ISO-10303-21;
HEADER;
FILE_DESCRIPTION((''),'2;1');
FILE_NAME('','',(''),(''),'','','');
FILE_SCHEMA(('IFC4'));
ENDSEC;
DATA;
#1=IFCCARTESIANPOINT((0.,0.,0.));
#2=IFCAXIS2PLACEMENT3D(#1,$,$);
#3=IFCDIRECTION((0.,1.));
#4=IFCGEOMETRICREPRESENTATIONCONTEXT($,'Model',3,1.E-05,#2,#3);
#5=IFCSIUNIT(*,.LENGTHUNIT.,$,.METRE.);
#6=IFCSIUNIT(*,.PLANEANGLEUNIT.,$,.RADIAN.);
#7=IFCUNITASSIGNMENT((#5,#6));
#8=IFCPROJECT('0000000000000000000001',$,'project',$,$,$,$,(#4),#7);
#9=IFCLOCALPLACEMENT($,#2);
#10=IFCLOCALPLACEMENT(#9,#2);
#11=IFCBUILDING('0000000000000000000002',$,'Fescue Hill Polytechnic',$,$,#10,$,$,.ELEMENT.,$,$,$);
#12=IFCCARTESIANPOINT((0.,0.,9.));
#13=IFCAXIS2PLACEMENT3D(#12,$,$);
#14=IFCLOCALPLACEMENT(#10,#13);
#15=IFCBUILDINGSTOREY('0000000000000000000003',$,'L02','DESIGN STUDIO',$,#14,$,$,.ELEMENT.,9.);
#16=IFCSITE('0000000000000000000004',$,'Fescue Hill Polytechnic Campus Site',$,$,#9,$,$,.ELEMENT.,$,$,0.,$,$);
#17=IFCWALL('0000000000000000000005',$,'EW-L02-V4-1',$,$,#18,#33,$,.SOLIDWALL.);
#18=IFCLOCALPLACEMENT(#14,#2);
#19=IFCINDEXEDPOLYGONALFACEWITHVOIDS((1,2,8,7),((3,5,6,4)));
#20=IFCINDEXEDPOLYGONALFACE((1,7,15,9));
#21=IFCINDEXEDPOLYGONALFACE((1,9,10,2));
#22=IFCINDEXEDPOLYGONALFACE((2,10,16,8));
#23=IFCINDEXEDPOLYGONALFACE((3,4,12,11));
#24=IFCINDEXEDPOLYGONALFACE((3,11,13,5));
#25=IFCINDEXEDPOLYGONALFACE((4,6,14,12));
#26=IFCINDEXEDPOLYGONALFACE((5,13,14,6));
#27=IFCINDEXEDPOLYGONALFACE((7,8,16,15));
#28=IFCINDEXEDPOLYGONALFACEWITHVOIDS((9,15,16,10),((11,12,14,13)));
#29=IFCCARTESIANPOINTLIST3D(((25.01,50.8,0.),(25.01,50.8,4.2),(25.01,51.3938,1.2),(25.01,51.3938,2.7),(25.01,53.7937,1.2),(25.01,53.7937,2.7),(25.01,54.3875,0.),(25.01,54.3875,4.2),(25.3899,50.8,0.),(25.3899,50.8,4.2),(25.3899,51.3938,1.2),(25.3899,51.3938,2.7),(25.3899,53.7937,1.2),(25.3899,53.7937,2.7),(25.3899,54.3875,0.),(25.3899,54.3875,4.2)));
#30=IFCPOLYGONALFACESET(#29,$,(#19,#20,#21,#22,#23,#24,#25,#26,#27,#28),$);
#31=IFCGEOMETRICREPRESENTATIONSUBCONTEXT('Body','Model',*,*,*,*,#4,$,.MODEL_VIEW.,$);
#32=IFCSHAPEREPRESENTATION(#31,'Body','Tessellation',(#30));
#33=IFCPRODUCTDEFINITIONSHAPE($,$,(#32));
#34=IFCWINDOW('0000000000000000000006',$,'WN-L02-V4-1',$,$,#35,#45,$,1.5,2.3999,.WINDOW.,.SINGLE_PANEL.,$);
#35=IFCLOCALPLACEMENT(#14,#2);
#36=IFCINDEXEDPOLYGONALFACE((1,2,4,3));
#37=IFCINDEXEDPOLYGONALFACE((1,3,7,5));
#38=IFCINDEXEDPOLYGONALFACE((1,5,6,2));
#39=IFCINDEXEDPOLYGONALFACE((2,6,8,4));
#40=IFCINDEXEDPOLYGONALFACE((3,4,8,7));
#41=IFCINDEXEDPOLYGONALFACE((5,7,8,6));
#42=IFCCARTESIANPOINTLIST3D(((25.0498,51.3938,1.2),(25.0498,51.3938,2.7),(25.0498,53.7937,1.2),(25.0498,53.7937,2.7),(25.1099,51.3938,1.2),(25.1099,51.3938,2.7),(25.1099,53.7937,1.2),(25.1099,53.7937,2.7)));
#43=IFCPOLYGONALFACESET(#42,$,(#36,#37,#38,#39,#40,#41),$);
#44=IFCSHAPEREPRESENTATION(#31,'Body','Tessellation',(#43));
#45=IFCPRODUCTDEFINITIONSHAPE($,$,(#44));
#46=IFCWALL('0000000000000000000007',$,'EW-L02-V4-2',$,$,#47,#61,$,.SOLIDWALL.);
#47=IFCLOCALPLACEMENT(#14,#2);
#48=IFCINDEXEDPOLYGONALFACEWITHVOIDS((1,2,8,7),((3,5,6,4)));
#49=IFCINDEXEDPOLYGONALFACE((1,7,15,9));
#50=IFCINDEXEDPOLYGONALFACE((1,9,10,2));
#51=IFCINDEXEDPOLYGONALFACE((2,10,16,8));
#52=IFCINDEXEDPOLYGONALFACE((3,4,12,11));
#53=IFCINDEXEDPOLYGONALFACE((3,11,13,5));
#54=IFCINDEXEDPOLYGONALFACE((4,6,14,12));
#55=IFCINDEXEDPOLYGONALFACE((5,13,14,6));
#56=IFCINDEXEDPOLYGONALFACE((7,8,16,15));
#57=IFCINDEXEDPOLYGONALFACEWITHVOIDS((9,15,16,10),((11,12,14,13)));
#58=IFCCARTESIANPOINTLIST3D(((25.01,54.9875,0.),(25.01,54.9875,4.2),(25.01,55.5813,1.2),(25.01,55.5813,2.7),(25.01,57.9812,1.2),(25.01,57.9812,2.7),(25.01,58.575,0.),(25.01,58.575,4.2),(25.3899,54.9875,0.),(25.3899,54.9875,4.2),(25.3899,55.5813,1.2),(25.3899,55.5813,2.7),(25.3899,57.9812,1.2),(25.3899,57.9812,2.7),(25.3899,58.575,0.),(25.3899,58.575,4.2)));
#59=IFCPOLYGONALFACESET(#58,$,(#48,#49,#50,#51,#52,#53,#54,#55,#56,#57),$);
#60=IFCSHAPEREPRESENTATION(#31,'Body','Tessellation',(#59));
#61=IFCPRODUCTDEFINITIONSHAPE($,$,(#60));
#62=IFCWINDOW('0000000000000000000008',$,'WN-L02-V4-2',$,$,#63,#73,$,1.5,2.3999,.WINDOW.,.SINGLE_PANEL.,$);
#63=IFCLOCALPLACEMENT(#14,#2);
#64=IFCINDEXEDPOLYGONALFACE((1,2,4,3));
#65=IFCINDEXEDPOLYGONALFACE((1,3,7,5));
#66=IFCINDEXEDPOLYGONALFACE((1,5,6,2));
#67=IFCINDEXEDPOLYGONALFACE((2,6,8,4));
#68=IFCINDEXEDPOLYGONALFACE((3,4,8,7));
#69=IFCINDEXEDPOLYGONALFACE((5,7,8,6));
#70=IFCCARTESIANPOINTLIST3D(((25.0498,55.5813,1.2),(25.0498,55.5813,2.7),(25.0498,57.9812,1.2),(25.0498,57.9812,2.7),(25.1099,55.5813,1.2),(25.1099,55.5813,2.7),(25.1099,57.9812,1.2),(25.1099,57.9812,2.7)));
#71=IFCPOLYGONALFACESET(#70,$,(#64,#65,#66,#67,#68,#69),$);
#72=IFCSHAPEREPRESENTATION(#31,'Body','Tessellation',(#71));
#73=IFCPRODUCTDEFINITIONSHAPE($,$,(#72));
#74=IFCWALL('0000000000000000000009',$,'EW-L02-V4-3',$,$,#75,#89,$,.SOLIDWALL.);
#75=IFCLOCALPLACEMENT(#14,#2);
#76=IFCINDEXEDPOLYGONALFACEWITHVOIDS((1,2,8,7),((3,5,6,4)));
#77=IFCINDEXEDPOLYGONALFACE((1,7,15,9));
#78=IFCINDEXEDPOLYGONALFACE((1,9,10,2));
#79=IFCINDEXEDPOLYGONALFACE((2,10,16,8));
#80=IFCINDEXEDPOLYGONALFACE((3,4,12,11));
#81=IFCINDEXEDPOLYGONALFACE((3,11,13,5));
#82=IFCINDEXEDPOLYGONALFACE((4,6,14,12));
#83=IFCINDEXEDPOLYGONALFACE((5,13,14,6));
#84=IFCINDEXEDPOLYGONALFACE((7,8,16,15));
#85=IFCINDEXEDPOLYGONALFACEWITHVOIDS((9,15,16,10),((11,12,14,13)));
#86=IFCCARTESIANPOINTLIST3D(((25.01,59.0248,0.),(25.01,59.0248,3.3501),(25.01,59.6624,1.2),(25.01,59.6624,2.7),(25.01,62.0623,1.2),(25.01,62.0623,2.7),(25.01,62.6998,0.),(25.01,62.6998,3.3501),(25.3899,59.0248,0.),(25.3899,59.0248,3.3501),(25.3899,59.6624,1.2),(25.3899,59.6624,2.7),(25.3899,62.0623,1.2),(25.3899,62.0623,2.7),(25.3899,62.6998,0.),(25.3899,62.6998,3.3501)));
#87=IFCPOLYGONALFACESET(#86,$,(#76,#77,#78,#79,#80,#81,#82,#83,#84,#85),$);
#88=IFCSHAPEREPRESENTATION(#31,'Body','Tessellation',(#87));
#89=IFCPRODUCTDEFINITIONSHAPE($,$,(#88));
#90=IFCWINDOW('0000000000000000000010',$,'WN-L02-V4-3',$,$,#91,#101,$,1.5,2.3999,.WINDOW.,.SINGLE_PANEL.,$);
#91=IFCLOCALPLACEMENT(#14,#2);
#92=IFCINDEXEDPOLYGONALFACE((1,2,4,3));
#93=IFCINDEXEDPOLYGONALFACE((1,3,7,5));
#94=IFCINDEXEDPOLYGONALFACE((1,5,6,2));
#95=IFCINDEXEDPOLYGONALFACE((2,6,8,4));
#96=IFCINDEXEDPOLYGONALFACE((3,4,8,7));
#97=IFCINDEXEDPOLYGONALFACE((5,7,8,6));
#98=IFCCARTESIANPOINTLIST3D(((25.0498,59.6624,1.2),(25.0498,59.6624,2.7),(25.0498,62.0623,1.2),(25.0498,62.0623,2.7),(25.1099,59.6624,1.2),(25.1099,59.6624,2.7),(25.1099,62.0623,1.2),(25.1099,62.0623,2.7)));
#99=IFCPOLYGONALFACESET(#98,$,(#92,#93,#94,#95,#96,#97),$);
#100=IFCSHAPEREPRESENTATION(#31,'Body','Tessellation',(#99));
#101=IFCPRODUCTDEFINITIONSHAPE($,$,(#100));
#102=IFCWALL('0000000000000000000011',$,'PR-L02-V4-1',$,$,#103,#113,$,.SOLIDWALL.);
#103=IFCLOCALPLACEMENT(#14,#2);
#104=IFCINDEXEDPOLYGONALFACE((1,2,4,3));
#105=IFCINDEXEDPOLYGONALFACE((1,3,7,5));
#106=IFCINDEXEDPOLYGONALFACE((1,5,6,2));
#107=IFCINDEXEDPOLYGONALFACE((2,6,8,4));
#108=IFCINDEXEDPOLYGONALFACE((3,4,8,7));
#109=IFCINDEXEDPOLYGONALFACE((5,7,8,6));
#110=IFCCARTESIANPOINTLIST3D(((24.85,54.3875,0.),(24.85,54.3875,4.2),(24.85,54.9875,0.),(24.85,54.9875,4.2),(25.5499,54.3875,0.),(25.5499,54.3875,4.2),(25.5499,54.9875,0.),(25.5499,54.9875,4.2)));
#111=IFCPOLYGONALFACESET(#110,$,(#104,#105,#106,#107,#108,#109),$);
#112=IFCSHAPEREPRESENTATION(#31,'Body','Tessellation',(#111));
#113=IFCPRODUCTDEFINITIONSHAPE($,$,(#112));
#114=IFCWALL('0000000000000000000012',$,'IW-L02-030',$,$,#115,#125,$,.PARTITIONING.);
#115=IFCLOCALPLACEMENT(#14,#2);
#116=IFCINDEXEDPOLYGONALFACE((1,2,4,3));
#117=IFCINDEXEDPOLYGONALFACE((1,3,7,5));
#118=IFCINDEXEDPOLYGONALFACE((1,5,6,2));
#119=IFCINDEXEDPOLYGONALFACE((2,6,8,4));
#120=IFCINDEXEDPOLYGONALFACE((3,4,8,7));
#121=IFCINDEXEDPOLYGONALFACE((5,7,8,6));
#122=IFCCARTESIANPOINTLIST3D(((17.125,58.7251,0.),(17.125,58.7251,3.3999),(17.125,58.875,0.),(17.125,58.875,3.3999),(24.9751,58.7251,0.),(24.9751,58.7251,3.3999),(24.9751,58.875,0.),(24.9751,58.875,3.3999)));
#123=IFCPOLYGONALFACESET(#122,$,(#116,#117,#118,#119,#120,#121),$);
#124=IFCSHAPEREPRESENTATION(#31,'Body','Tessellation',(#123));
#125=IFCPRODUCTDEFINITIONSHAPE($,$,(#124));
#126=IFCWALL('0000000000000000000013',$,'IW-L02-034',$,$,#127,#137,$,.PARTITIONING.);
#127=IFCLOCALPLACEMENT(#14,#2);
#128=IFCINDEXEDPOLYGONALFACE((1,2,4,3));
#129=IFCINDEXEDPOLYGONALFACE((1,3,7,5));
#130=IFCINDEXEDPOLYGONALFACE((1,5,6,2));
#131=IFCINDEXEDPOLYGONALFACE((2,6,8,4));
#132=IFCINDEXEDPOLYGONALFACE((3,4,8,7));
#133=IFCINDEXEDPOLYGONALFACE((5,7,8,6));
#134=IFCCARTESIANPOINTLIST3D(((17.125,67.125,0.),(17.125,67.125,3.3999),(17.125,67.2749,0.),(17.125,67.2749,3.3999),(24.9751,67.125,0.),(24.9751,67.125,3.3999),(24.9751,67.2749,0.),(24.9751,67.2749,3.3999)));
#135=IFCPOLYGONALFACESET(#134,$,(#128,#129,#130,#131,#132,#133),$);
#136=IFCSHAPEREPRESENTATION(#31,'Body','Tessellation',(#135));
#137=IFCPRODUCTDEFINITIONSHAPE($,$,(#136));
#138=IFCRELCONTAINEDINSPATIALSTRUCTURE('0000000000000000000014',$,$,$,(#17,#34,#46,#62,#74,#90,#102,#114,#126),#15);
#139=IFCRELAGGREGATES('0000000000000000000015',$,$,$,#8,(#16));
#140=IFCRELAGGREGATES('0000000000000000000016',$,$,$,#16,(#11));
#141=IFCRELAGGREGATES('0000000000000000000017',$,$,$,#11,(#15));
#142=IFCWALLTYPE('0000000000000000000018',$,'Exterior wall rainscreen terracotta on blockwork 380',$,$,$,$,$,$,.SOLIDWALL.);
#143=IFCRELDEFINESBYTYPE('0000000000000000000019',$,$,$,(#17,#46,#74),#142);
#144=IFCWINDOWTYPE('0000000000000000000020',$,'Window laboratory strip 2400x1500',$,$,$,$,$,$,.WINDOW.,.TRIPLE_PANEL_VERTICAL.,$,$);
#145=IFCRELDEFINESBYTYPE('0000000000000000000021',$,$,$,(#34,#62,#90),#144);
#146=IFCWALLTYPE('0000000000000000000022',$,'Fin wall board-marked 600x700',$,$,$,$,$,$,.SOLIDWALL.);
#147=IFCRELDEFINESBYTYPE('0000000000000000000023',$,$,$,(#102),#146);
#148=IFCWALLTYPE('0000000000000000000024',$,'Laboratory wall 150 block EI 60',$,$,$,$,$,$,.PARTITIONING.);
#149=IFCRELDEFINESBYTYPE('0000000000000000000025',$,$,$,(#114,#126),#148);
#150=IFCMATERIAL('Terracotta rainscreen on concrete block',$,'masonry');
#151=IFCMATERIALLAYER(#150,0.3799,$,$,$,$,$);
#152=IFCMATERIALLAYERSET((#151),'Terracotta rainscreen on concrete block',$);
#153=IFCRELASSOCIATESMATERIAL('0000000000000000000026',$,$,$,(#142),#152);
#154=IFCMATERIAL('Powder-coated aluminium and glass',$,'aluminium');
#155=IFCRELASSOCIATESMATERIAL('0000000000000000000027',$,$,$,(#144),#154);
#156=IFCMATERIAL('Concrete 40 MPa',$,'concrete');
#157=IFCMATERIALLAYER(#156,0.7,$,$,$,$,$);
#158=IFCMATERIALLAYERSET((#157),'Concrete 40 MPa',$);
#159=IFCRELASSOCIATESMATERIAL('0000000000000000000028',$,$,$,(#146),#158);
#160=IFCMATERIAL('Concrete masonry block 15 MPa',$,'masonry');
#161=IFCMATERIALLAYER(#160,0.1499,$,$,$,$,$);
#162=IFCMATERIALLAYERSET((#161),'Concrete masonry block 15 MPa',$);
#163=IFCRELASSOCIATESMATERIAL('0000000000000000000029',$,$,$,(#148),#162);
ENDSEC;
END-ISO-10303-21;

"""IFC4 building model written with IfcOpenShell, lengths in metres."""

from ifc_helpers import new_model, si_unit, direction, frame, frame_2d, origin, place, context, subcontext, project, spatial, rectangle, extrude, material, layer, layer_set, type_object, element, fill, save


model = new_model("IFC4")

# Units and contexts
model_context = context("Model", 3, precision=1e-05, world=origin(), true_north=direction((0.0, 1.0)))
body_context = subcontext(model_context, "Body", "Model", "MODEL_VIEW")
ifc_project = project(units=[si_unit("LENGTHUNIT", "METRE"), si_unit("PLANEANGLEUNIT", "RADIAN")], contexts=[model_context])

# Site, building, storey
site_placement = place(None, origin())
site = spatial("IfcSite", under=ifc_project, at=site_placement, Name="Fescue Hill Polytechnic Campus Site", CompositionType="ELEMENT", RefElevation=0.0)
building_placement = place(site_placement, origin())
building = spatial("IfcBuilding", under=site, at=building_placement, Name="Fescue Hill Polytechnic", CompositionType="ELEMENT")
storey_placement = place(building_placement, frame((0.0, 0.0, 9.0)))
storey = spatial("IfcBuildingStorey", under=building, at=storey_placement, Name="L02", Description="DESIGN STUDIO", CompositionType="ELEMENT", Elevation=9.0)

# Shared definitions
ifc_material_1 = material(Name="Concrete 40 MPa", Category="concrete")

# Walls, openings, windows
ifc_material_2 = material(Name="Terracotta rainscreen on concrete block", Category="masonry")
ifc_layer_1 = layer(ifc_material_2, 0.3799)
ifc_layer_set_1 = layer_set([ifc_layer_1], Name="Terracotta rainscreen on concrete block")
wall_type_1 = type_object("IfcWallType", Name="Exterior wall rainscreen terracotta on blockwork 380", PredefinedType="SOLIDWALL", material=ifc_layer_set_1)
wall_1_placement = place(storey_placement, frame((25.2, 50.8, 0.0), z_axis=(0.0, 0.0, 1.0), x_axis=(0.0, 1.0, 0.0)))
wall_1 = element("IfcWall", 1, at=wall_1_placement, inside=storey, type_object=wall_type_1, Name="EW-L02-V4-1", PredefinedType="SOLIDWALL", context=body_context, shape_type="SweptSolid", body=[
    extrude(rectangle(XDim=3.5874, YDim=0.3799, at=frame_2d((1.7937, 0.0))), origin(), (0.0, 0.0, 1.0), 4.2),
])
opening_1_placement = place(wall_1_placement, frame((0.5938, 0.0, 1.2)))
opening_1 = element("IfcOpeningElement", 2, at=opening_1_placement, cuts=wall_1, PredefinedType="OPENING", context=body_context, shape_type="SweptSolid", body=[
    extrude(rectangle(XDim=2.3999, YDim=1.5, at=frame_2d((1.2, 0.75))), frame((0.0, 0.2, 0.0), z_axis=(0.0, -1.0, 0.0), x_axis=(1.0, 0.0, 0.0)), (0.0, 0.0, 1.0), 0.3999),
])
ifc_material_3 = material(Name="Powder-coated aluminium and glass", Category="aluminium")
window_type = type_object("IfcWindowType", Name="Window laboratory strip 2400x1500", PartitioningType="TRIPLE_PANEL_VERTICAL", PredefinedType="WINDOW", material=ifc_material_3)
window_1_placement = place(opening_1_placement, origin())
window_1 = element("IfcWindow", 3, at=window_1_placement, inside=storey, type_object=window_type, Name="WN-L02-V4-1", OverallHeight=1.5, OverallWidth=2.3999, PartitioningType="SINGLE_PANEL", PredefinedType="WINDOW", context=body_context, shape_type="SweptSolid", body=[
    extrude(rectangle(XDim=2.3999, YDim=1.5, at=frame_2d((1.2, 0.75))), frame((0.0, 0.1501, 0.0), z_axis=(0.0, -1.0, 0.0), x_axis=(1.0, 0.0, 0.0)), (0.0, 0.0, 1.0), 0.0601),
])
fill(opening_1, window_1)
wall_2_placement = place(storey_placement, frame((25.2, 54.9875, 0.0), z_axis=(0.0, 0.0, 1.0), x_axis=(0.0, 1.0, 0.0)))
wall_2 = element("IfcWall", 4, at=wall_2_placement, inside=storey, type_object=wall_type_1, Name="EW-L02-V4-2", PredefinedType="SOLIDWALL", context=body_context, shape_type="SweptSolid", body=[
    extrude(rectangle(XDim=3.5874, YDim=0.3799, at=frame_2d((1.7937, 0.0))), origin(), (0.0, 0.0, 1.0), 4.2),
])
opening_2_placement = place(wall_2_placement, frame((0.5938, 0.0, 1.2)))
opening_2 = element("IfcOpeningElement", 5, at=opening_2_placement, cuts=wall_2, PredefinedType="OPENING", context=body_context, shape_type="SweptSolid", body=[
    extrude(rectangle(XDim=2.3999, YDim=1.5, at=frame_2d((1.2, 0.75))), frame((0.0, 0.2, 0.0), z_axis=(0.0, -1.0, 0.0), x_axis=(1.0, 0.0, 0.0)), (0.0, 0.0, 1.0), 0.3999),
])
window_2_placement = place(opening_2_placement, origin())
window_2 = element("IfcWindow", 6, at=window_2_placement, inside=storey, type_object=window_type, Name="WN-L02-V4-2", OverallHeight=1.5, OverallWidth=2.3999, PartitioningType="SINGLE_PANEL", PredefinedType="WINDOW", context=body_context, shape_type="SweptSolid", body=[
    extrude(rectangle(XDim=2.3999, YDim=1.5, at=frame_2d((1.2, 0.75))), frame((0.0, 0.1501, 0.0), z_axis=(0.0, -1.0, 0.0), x_axis=(1.0, 0.0, 0.0)), (0.0, 0.0, 1.0), 0.0601),
])
fill(opening_2, window_2)
wall_3_placement = place(storey_placement, frame((25.2, 59.0249, 0.0), z_axis=(0.0, 0.0, 1.0), x_axis=(0.0, 1.0, 0.0)))
wall_3 = element("IfcWall", 7, at=wall_3_placement, inside=storey, type_object=wall_type_1, Name="EW-L02-V4-3", PredefinedType="SOLIDWALL", context=body_context, shape_type="SweptSolid", body=[
    extrude(rectangle(XDim=3.675, YDim=0.3799, at=frame_2d((1.8374, 0.0))), origin(), (0.0, 0.0, 1.0), 3.3501),
])
opening_3_placement = place(wall_3_placement, frame((0.6375, 0.0, 1.2)))
opening_3 = element("IfcOpeningElement", 8, at=opening_3_placement, cuts=wall_3, PredefinedType="OPENING", context=body_context, shape_type="SweptSolid", body=[
    extrude(rectangle(XDim=2.3999, YDim=1.5, at=frame_2d((1.2, 0.75))), frame((0.0, 0.2, 0.0), z_axis=(0.0, -1.0, 0.0), x_axis=(1.0, 0.0, 0.0)), (0.0, 0.0, 1.0), 0.3999),
])
window_3_placement = place(opening_3_placement, origin())
window_3 = element("IfcWindow", 9, at=window_3_placement, inside=storey, type_object=window_type, Name="WN-L02-V4-3", OverallHeight=1.5, OverallWidth=2.3999, PartitioningType="SINGLE_PANEL", PredefinedType="WINDOW", context=body_context, shape_type="SweptSolid", body=[
    extrude(rectangle(XDim=2.3999, YDim=1.5, at=frame_2d((1.2, 0.75))), frame((0.0, 0.1501, 0.0), z_axis=(0.0, -1.0, 0.0), x_axis=(1.0, 0.0, 0.0)), (0.0, 0.0, 1.0), 0.0601),
])
fill(opening_3, window_3)

# Walls
ifc_layer_2 = layer(ifc_material_1, 0.7)
ifc_layer_set_2 = layer_set([ifc_layer_2], Name="Concrete 40 MPa")
wall_type_2 = type_object("IfcWallType", Name="Fin wall board-marked 600x700", PredefinedType="SOLIDWALL", material=ifc_layer_set_2)
wall_4_placement = place(storey_placement, frame((25.2, 54.3875, 0.0), z_axis=(0.0, 0.0, 1.0), x_axis=(0.0, 1.0, 0.0)))
element("IfcWall", 10, at=wall_4_placement, inside=storey, type_object=wall_type_2, Name="PR-L02-V4-1", PredefinedType="SOLIDWALL", context=body_context, shape_type="SweptSolid", body=[
    extrude(rectangle(XDim=0.6001, YDim=0.7, at=frame_2d((0.3, 0.0))), origin(), (0.0, 0.0, 1.0), 4.2),
])
ifc_material_4 = material(Name="Concrete masonry block 15 MPa", Category="masonry")
ifc_layer_3 = layer(ifc_material_4, 0.1499)
ifc_layer_set_3 = layer_set([ifc_layer_3], Name="Concrete masonry block 15 MPa")
wall_type_3 = type_object("IfcWallType", Name="Laboratory wall 150 block EI 60", PredefinedType="PARTITIONING", material=ifc_layer_set_3)
for number, where, z_axis, x_axis, name in (
    (11, (17.125, 58.8, 0.0), (0.0, 0.0, 1.0), (1.0, 0.0, 0.0), "IW-L02-030"),
    (12, (17.125, 67.2, 0.0), (0.0, 0.0, 1.0), (1.0, 0.0, 0.0), "IW-L02-034"),
):
    element("IfcWall", number, at=place(storey_placement, frame(where, z_axis=z_axis, x_axis=x_axis)), inside=storey, type_object=wall_type_3, Name=name, PredefinedType="PARTITIONING", context=body_context, shape_type="SweptSolid", body=[
        extrude(rectangle(XDim=7.8501, YDim=0.1499, at=frame_2d((3.925, 0.0))), origin(), (0.0, 0.0, 1.0), 3.3999),
    ])

save(model, "model.ifc")
